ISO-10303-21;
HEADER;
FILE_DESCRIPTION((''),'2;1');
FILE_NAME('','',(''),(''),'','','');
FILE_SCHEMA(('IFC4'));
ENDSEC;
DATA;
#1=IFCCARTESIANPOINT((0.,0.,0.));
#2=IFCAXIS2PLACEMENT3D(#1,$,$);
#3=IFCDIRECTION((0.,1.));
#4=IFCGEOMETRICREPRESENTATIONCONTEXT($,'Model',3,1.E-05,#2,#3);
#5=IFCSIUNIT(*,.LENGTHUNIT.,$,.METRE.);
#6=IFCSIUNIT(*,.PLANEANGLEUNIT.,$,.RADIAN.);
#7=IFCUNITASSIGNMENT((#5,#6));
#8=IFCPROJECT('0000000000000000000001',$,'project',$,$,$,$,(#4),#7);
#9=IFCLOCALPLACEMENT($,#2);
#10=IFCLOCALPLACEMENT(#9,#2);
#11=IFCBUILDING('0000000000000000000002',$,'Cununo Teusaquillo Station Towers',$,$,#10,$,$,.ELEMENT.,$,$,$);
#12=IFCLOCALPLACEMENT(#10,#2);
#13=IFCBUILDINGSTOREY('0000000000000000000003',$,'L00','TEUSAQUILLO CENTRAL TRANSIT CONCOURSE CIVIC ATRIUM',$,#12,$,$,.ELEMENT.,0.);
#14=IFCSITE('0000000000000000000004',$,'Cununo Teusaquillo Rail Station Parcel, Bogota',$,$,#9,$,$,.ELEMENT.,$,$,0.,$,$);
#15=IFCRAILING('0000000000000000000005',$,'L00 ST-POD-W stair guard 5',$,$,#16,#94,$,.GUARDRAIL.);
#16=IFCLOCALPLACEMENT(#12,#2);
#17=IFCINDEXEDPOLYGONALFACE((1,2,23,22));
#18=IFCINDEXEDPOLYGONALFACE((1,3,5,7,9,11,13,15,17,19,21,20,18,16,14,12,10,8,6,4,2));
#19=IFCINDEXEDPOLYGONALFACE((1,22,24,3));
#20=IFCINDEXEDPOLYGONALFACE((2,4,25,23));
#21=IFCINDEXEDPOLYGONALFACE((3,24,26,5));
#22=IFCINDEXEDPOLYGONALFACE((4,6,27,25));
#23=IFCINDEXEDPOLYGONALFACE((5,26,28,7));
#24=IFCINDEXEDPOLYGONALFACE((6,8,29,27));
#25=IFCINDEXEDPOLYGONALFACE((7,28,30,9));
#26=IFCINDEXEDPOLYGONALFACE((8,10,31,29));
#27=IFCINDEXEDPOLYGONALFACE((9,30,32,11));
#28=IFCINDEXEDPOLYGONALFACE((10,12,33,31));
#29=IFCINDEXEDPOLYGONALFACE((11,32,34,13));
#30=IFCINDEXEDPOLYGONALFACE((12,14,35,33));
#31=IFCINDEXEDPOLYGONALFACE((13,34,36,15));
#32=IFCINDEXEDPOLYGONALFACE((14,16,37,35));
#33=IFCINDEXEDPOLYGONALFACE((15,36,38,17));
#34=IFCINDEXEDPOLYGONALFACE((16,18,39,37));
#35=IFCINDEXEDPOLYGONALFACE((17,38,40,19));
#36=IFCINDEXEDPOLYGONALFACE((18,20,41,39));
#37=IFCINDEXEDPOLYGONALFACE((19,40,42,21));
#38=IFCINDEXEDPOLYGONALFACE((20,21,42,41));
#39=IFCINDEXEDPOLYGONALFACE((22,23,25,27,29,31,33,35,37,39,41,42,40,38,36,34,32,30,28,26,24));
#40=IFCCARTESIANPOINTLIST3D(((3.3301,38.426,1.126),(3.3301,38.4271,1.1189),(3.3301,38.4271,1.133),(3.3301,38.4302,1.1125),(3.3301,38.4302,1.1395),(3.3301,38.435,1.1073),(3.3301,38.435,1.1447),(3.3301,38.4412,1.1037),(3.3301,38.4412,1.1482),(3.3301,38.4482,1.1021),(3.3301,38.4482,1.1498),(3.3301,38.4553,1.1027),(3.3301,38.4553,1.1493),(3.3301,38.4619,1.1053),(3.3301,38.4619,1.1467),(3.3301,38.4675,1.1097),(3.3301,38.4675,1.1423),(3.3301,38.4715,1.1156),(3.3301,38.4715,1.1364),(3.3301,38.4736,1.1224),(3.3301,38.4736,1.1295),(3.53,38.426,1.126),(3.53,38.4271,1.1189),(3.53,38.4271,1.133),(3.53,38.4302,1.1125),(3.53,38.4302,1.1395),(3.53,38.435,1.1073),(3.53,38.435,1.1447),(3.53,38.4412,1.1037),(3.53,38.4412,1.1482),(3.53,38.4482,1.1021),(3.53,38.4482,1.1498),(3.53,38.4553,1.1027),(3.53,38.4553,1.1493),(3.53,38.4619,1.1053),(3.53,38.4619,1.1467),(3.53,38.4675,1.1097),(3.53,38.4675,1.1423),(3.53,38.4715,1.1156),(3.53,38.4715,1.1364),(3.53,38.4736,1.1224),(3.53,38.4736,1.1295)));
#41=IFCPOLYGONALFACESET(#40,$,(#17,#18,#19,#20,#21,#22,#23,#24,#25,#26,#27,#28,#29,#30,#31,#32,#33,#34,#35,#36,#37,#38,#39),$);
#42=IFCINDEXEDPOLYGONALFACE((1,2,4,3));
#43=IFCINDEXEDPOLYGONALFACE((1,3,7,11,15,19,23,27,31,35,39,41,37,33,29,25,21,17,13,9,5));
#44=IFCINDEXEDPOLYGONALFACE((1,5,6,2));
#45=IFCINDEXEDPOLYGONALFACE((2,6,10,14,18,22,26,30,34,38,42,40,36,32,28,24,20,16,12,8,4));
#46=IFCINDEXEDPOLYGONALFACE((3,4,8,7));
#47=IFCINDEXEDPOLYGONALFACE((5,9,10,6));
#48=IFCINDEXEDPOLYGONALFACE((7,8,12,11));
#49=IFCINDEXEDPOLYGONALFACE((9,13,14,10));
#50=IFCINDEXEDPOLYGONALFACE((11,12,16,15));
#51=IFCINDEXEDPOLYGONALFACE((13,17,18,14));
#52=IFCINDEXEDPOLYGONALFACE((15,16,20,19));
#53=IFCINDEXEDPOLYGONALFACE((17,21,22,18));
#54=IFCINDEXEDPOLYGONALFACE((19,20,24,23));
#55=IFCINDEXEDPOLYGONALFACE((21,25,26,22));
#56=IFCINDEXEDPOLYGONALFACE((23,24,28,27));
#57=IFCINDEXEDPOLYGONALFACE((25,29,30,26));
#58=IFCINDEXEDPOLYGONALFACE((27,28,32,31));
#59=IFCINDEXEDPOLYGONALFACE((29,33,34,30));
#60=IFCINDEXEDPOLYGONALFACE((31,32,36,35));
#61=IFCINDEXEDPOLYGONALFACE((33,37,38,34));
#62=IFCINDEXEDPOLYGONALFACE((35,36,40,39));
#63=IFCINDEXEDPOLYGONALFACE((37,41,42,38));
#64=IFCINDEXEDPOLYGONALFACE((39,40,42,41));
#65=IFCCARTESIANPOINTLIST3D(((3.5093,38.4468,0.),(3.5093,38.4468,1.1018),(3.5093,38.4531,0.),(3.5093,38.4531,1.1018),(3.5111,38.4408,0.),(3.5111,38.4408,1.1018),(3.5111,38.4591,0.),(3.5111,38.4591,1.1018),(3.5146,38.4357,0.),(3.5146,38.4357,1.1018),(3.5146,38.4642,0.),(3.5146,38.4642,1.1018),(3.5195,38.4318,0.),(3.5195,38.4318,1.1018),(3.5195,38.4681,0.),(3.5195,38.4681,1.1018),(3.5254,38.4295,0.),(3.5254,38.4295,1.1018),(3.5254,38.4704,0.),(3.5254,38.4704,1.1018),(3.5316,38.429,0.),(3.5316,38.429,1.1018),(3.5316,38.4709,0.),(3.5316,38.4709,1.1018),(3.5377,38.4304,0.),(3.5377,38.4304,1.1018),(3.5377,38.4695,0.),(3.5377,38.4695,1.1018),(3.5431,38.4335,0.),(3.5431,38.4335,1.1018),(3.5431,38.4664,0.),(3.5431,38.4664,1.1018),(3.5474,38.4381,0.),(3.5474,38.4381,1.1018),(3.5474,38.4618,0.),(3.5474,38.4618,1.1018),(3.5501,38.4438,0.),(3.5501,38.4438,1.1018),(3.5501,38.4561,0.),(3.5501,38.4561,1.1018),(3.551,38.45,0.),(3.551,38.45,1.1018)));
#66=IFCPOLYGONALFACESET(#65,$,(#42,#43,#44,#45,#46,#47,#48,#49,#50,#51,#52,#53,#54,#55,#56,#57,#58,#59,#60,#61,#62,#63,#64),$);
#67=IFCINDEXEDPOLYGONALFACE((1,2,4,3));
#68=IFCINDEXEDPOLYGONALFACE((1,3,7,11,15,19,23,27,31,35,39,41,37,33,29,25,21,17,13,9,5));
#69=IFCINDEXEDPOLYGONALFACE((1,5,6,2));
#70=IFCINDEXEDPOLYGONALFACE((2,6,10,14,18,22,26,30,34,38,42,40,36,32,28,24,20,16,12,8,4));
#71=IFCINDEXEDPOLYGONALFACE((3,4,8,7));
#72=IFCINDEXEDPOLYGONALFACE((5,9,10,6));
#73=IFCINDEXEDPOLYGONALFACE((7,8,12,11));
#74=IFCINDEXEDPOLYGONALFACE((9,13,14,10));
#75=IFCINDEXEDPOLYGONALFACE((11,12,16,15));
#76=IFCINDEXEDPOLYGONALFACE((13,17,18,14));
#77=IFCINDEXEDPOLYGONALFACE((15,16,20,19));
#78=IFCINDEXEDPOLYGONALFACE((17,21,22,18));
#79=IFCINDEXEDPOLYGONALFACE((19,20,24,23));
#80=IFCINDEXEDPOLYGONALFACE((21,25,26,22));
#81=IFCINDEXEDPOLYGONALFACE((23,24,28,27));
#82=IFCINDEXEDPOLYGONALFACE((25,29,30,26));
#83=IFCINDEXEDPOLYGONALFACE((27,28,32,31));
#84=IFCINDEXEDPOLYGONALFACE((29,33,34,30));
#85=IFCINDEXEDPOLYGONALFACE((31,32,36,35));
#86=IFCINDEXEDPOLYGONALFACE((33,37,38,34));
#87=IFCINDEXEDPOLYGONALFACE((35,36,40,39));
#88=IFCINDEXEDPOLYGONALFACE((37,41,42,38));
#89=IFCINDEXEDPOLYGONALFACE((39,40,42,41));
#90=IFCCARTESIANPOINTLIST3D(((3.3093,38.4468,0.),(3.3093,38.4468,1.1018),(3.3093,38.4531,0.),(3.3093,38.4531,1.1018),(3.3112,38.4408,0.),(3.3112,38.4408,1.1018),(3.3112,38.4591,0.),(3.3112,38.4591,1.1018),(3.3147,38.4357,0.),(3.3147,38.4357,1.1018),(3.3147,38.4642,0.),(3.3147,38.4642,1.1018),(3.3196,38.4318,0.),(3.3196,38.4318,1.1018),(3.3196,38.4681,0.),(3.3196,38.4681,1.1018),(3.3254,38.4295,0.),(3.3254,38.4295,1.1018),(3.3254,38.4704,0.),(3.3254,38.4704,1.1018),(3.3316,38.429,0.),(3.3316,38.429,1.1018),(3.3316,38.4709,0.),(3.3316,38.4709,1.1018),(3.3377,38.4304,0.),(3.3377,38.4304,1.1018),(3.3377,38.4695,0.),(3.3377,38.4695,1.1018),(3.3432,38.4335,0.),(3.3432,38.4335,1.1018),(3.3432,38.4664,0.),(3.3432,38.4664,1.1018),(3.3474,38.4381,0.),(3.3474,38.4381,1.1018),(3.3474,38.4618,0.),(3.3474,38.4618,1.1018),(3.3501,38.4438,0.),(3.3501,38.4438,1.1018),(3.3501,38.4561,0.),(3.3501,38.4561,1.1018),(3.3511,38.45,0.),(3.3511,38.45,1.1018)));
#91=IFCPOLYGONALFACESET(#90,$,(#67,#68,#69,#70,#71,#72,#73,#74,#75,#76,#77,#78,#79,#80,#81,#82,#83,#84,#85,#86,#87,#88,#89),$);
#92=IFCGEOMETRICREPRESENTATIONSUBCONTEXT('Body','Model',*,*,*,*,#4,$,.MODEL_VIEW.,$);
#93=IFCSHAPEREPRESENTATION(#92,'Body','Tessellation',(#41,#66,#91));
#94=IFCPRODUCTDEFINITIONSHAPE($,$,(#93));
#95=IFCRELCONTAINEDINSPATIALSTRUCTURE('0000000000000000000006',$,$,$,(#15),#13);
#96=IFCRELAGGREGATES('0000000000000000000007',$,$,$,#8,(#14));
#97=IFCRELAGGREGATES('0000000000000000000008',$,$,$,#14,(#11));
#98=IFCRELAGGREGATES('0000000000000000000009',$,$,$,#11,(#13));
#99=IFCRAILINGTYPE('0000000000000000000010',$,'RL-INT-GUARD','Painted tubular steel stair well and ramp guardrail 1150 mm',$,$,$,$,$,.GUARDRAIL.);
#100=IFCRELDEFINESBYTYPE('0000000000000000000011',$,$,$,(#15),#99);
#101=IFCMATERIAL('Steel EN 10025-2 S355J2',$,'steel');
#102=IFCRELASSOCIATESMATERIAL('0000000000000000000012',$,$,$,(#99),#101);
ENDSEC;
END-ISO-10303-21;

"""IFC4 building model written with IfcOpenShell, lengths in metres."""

from ifc_helpers import new_model, si_unit, direction, frame, origin, origin_2d, place, context, subcontext, project, spatial, circle, extrude, material, type_object, element, save


model = new_model("IFC4")

# Units and contexts
model_context = context("Model", 3, precision=1e-05, world=origin(), true_north=direction((0.0, 1.0)))
body_context = subcontext(model_context, "Body", "Model", "MODEL_VIEW")
ifc_project = project(units=[si_unit("LENGTHUNIT", "METRE"), si_unit("PLANEANGLEUNIT", "RADIAN")], contexts=[model_context])

# Site, building, storey
site_placement = place(None, origin())
site = spatial("IfcSite", under=ifc_project, at=site_placement, Name="Cununo Teusaquillo Rail Station Parcel, Bogota", CompositionType="ELEMENT", RefElevation=0.0)
building_placement = place(site_placement, origin())
building = spatial("IfcBuilding", under=site, at=building_placement, Name="Cununo Teusaquillo Station Towers", CompositionType="ELEMENT")
storey_placement = place(building_placement, origin())
storey = spatial("IfcBuildingStorey", under=building, at=storey_placement, Name="L00", Description="TEUSAQUILLO CENTRAL TRANSIT CONCOURSE CIVIC ATRIUM", CompositionType="ELEMENT", Elevation=0.0)

# Railing
ifc_material_1 = material(Name="Steel EN 10025-2 S355J2", Category="steel")
railing_type_1 = type_object("IfcRailingType", Name="RL-INT-GUARD", Description="Painted tubular steel stair well and ramp guardrail 1150 mm", PredefinedType="GUARDRAIL", material=ifc_material_1)
railing_1_placement = place(storey_placement, frame((3.53, 38.45, 0.0)))
element("IfcRailing", 1, at=railing_1_placement, inside=storey, type_object=railing_type_1, Name="L00 ST-POD-W stair guard 5", PredefinedType="GUARDRAIL", context=body_context, shape_type="SweptSolid", body=[
    extrude(circle(Radius=0.0239, at=origin_2d()), frame((0.0, 0.0, 1.126), z_axis=(-1.0, 0.0, 0.0), x_axis=(0.0, -1.0, 0.0)), (0.0, 0.0, 1.0), 0.2),
    extrude(circle(Radius=0.021, at=origin_2d()), origin(), (0.0, 0.0, 1.0), 1.1018),
    extrude(circle(Radius=0.021, at=origin_2d()), frame((-0.2, 0.0, 0.0)), (0.0, 0.0, 1.0), 1.1018),
])

save(model, "model.ifc")
